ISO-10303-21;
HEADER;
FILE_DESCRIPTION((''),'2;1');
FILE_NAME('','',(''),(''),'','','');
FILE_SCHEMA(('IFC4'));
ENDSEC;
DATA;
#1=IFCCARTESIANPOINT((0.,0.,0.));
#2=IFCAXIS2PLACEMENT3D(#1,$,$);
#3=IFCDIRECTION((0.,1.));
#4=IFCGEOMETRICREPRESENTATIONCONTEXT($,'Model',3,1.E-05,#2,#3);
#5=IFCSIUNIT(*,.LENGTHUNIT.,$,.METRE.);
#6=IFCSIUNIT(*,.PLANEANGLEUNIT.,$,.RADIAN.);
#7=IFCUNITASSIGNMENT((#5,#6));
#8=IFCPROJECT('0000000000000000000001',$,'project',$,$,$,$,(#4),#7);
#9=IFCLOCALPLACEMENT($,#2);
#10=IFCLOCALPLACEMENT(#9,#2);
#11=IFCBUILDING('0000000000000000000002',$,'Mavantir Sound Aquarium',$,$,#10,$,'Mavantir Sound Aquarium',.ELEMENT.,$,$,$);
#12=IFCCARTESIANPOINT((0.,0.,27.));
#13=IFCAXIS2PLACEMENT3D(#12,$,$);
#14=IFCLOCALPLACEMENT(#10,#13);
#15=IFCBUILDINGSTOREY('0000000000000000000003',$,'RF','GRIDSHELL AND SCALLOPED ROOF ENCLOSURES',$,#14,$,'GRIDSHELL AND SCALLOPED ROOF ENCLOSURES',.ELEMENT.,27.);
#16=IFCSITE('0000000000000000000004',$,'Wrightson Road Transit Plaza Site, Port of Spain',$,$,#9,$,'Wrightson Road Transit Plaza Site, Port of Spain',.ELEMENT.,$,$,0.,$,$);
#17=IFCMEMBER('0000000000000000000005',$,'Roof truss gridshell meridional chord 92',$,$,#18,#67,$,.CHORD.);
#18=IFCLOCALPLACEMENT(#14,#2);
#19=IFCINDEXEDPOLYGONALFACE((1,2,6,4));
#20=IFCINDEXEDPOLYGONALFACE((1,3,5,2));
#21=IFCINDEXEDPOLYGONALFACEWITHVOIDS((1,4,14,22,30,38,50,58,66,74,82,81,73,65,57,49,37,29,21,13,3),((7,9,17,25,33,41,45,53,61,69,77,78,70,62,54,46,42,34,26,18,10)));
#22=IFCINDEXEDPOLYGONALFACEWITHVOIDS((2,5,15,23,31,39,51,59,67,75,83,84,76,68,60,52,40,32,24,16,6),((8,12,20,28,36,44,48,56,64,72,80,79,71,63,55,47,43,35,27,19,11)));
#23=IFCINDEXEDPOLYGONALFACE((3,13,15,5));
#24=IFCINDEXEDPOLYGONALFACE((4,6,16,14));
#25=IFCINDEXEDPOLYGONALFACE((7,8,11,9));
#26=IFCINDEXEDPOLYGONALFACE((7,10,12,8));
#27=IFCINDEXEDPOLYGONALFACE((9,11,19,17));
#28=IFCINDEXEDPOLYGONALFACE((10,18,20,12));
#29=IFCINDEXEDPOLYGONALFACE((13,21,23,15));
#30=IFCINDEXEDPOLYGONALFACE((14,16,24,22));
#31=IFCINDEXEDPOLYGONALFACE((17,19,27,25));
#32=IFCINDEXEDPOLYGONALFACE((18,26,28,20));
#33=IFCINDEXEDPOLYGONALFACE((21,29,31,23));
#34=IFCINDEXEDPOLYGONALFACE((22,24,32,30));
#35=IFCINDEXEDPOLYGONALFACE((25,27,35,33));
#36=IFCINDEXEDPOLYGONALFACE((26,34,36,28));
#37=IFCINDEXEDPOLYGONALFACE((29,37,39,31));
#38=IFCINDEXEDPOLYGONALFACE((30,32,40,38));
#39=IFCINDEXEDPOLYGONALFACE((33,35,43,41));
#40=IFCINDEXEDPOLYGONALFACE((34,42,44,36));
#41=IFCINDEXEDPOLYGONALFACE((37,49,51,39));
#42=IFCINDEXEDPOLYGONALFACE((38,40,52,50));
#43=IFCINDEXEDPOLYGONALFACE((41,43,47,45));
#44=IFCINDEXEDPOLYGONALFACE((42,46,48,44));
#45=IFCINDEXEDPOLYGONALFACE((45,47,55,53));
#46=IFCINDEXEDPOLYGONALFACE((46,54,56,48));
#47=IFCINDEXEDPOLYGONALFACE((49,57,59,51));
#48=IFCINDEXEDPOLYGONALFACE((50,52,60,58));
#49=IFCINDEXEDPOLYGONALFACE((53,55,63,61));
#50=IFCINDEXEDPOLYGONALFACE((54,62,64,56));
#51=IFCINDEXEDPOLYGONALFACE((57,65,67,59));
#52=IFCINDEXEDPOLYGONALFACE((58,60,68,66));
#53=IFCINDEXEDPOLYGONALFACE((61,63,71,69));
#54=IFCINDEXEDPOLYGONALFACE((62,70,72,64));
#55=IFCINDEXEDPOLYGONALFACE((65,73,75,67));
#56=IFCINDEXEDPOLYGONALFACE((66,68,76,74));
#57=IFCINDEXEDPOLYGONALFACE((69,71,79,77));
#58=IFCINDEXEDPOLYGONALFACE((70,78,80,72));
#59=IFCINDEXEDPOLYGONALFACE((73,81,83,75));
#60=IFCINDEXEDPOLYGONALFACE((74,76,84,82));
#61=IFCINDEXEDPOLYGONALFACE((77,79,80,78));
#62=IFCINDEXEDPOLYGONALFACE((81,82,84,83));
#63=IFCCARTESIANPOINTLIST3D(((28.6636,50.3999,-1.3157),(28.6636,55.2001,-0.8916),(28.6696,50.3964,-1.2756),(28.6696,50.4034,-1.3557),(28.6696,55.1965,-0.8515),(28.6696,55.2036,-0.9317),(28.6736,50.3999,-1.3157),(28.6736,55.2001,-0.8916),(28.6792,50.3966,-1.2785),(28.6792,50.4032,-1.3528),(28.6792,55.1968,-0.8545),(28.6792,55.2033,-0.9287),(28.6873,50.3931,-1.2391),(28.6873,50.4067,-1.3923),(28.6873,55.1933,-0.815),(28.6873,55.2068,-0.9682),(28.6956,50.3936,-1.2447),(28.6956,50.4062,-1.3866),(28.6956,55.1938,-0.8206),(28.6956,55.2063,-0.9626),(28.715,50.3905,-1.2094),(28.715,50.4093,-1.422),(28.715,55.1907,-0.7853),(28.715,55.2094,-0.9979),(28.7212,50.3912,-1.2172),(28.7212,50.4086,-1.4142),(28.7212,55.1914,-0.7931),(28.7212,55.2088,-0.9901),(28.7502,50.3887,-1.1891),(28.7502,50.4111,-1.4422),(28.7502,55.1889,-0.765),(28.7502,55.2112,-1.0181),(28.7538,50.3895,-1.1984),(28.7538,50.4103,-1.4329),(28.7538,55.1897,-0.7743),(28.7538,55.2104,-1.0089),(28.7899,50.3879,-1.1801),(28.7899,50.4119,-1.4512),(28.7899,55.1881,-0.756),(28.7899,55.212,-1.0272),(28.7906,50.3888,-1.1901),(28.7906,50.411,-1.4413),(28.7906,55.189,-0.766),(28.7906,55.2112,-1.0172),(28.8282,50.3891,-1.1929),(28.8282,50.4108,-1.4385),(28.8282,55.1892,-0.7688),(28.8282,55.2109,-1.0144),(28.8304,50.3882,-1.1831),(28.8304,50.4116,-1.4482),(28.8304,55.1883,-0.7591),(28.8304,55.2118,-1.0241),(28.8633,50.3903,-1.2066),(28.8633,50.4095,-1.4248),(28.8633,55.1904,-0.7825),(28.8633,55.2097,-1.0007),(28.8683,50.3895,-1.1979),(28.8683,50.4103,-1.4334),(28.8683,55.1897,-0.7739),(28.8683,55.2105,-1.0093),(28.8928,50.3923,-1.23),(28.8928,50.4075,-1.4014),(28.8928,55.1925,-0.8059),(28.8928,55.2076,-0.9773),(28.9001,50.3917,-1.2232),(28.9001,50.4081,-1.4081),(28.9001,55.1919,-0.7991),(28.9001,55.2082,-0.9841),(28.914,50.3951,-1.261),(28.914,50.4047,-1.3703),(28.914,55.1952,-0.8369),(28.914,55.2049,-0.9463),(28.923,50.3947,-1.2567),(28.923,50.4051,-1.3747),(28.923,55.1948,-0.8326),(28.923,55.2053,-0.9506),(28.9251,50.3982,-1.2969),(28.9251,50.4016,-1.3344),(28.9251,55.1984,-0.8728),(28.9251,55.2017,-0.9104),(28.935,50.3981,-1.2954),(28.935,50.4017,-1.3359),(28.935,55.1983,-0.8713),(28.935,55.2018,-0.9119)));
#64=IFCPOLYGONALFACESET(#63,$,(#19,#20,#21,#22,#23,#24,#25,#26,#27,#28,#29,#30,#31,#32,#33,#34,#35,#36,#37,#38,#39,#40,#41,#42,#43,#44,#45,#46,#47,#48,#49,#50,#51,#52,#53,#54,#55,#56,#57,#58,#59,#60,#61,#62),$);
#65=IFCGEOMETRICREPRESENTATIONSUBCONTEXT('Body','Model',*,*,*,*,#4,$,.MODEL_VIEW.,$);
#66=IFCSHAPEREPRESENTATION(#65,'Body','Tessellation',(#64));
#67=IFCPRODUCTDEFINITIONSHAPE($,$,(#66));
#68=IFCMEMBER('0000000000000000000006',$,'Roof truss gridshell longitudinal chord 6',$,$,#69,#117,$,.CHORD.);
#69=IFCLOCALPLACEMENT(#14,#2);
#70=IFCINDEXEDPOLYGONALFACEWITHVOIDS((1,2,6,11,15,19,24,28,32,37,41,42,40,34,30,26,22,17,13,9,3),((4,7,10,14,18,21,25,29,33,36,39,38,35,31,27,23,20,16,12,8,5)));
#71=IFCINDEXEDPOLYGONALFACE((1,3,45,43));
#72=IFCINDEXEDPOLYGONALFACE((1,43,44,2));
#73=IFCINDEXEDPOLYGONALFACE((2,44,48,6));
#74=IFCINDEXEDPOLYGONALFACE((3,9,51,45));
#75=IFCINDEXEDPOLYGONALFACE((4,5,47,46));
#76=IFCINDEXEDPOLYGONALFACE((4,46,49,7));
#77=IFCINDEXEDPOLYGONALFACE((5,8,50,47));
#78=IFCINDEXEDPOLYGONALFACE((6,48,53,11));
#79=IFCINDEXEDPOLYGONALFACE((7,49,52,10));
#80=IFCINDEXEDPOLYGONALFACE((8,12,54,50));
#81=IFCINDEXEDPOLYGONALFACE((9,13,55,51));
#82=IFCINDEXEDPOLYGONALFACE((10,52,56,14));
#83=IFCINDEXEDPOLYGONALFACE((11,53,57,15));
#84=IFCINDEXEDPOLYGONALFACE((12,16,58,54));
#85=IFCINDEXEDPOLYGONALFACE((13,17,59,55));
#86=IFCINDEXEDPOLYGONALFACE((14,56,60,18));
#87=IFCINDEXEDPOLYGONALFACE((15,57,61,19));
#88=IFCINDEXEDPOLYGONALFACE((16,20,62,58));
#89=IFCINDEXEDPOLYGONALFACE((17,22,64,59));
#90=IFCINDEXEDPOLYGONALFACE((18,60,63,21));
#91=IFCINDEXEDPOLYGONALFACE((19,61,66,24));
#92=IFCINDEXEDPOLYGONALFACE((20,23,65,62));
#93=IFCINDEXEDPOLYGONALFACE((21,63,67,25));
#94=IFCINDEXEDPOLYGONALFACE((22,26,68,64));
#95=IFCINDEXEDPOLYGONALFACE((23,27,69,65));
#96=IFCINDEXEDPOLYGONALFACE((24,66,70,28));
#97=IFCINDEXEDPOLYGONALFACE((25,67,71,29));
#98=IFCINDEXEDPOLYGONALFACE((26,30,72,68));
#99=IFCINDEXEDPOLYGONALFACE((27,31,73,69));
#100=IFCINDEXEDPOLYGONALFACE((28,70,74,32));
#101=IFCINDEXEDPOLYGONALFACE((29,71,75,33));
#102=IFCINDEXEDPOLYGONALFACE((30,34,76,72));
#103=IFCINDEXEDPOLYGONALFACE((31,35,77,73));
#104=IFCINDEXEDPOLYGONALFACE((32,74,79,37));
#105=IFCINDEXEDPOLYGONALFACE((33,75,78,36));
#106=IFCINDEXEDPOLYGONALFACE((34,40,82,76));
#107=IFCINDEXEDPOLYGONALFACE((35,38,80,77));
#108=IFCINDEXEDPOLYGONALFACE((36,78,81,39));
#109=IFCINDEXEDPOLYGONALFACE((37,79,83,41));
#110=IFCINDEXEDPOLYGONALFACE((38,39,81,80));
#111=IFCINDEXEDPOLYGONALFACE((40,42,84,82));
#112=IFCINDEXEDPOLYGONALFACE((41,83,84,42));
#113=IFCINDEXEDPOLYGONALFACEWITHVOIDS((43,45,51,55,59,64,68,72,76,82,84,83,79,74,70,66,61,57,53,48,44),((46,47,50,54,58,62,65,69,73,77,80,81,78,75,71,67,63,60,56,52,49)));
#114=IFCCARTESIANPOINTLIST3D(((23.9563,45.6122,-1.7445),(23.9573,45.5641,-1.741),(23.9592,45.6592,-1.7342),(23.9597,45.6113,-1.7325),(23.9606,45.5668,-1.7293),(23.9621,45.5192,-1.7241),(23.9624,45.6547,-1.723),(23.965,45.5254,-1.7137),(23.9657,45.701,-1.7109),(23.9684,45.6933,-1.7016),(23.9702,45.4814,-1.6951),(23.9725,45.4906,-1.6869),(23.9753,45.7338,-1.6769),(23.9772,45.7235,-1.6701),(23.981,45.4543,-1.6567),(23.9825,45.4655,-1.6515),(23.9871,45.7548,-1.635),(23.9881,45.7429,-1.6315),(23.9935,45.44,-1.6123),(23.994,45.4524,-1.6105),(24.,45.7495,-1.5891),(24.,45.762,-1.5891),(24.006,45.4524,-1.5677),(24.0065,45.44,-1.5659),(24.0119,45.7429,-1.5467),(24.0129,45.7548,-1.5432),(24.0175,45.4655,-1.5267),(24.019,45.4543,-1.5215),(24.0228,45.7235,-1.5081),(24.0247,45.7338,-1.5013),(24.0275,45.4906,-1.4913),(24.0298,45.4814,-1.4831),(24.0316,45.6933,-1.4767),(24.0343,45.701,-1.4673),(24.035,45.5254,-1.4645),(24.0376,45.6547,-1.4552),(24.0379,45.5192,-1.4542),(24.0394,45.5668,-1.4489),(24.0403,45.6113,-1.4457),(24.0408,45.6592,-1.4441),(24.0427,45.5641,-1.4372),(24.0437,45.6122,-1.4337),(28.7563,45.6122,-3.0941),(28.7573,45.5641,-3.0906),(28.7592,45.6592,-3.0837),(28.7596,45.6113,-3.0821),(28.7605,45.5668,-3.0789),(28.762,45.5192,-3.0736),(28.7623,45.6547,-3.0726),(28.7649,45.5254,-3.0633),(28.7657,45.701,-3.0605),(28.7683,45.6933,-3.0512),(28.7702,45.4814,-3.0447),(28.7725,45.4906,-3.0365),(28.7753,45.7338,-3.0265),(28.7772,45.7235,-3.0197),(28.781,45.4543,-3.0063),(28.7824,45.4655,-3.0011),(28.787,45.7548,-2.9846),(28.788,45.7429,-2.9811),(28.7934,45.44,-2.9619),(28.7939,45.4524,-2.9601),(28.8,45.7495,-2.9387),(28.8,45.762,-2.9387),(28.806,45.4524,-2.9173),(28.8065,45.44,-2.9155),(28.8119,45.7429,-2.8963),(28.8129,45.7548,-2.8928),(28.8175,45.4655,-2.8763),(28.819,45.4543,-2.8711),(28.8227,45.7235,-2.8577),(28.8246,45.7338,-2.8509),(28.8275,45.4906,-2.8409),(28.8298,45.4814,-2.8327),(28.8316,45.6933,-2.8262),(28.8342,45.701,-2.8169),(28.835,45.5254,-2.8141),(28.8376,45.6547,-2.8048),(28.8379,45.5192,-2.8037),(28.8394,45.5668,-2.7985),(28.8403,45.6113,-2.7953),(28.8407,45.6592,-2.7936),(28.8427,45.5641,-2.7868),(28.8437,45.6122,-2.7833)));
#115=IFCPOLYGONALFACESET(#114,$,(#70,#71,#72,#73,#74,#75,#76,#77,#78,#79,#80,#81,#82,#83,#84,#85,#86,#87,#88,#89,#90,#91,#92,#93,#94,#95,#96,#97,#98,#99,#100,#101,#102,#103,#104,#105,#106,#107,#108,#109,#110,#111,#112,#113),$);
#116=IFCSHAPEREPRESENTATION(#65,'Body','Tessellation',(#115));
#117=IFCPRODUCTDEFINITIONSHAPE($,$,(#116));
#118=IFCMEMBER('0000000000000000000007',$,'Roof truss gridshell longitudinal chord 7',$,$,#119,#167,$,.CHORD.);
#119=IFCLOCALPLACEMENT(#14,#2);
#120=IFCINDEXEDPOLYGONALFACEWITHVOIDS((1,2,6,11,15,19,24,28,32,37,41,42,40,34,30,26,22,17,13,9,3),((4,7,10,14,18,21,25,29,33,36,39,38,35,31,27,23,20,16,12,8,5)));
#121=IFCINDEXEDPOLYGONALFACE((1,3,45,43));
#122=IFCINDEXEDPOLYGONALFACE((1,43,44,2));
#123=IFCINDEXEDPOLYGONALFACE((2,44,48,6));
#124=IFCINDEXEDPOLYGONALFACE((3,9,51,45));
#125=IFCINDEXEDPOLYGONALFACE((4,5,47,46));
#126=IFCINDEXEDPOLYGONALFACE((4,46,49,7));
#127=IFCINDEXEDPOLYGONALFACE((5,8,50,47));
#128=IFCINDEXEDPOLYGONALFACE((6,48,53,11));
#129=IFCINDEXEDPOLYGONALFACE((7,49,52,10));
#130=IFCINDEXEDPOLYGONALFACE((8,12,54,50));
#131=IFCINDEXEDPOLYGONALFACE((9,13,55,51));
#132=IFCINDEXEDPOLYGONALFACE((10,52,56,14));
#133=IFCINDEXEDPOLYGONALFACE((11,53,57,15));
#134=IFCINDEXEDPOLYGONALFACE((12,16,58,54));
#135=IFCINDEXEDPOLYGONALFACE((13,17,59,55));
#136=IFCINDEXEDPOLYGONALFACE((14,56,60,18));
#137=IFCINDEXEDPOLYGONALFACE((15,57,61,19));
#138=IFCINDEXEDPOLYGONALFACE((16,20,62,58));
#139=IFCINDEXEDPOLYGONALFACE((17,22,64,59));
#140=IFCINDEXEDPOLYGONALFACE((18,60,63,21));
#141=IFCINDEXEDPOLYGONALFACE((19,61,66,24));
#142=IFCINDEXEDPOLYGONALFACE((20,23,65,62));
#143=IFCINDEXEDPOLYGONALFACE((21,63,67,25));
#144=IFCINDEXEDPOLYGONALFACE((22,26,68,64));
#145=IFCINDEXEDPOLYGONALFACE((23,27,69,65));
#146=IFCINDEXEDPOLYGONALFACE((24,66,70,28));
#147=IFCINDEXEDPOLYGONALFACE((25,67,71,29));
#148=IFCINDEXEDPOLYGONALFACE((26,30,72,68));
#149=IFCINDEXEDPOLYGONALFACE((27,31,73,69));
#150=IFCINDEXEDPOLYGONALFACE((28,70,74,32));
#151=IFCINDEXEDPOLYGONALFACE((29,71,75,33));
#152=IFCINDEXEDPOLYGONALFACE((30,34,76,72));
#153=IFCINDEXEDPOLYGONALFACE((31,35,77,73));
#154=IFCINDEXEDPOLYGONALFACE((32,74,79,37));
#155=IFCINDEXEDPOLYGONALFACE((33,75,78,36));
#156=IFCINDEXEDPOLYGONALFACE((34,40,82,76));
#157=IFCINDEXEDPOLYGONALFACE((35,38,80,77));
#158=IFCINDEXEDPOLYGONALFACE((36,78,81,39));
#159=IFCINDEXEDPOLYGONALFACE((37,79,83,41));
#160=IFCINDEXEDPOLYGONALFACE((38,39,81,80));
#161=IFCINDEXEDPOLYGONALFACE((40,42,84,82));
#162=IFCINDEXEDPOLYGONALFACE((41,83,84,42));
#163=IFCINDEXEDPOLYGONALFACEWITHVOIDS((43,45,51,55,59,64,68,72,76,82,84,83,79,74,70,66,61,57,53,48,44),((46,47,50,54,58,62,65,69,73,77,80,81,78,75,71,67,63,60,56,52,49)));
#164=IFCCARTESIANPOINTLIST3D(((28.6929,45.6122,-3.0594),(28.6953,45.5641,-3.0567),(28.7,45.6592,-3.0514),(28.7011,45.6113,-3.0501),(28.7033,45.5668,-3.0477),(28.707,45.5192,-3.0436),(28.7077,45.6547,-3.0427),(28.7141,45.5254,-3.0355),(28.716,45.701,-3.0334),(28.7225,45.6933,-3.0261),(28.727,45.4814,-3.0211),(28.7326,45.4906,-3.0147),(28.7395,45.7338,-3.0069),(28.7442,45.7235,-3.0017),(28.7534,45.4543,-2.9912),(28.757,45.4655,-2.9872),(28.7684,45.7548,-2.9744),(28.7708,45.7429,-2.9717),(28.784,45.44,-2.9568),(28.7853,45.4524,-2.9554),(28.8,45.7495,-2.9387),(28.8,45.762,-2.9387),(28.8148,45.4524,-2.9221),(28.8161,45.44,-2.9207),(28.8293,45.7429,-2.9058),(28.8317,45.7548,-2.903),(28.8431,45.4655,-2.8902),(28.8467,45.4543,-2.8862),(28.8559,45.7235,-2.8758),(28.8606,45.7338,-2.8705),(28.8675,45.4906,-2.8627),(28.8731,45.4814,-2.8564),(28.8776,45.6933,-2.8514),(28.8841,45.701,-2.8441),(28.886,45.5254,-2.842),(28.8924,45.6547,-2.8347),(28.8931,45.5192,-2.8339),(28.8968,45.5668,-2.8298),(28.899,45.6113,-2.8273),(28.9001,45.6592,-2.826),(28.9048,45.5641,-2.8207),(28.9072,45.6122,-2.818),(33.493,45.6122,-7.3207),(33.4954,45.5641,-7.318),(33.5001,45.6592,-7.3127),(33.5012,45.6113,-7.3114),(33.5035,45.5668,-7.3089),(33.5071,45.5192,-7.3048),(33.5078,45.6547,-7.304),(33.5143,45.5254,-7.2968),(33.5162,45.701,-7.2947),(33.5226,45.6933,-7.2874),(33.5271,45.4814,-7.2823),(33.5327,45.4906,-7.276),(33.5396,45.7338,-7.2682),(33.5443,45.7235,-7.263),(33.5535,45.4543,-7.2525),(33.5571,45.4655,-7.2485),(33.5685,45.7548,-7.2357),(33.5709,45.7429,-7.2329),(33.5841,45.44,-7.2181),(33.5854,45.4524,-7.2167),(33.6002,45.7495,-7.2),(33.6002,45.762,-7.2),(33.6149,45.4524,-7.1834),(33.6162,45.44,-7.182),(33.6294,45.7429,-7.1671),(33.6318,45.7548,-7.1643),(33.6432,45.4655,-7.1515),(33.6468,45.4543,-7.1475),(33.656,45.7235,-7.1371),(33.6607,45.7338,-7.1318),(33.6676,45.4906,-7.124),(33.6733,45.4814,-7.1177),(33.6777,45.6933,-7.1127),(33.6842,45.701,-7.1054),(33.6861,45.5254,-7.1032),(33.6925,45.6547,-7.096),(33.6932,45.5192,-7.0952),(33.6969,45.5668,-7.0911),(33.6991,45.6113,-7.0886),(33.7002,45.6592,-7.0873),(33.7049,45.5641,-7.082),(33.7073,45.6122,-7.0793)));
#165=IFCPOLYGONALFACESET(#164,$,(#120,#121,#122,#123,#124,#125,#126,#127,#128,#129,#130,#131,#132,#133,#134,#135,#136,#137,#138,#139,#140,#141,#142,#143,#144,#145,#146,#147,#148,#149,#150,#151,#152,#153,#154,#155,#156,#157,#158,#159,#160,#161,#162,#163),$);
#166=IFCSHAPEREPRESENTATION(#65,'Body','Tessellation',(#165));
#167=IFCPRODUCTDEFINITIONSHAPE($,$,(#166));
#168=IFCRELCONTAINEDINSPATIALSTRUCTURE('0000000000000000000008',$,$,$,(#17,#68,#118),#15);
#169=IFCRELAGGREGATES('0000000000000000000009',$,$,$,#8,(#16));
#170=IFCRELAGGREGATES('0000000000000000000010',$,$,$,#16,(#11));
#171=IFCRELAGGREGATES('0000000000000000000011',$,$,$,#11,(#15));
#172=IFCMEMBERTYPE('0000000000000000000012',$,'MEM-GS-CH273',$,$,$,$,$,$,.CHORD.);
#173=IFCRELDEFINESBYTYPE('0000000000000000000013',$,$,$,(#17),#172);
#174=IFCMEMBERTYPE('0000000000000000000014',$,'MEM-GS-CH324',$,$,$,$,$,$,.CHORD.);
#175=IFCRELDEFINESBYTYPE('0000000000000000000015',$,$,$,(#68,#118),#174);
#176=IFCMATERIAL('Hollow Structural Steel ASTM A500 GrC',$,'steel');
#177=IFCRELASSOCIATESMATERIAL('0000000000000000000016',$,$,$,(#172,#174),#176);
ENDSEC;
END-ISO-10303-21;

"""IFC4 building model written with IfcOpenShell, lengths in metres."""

from ifc_helpers import new_model, si_unit, direction, frame, origin, origin_2d, place, context, subcontext, project, spatial, hollow_circle, extrude, material, material_profile, profile_set, type_object, element, save


model = new_model("IFC4")

# Units and contexts
model_context = context("Model", 3, precision=1e-05, world=origin(), true_north=direction((0.0, 1.0)))
body_context = subcontext(model_context, "Body", "Model", "MODEL_VIEW")
ifc_project = project(units=[si_unit("LENGTHUNIT", "METRE"), si_unit("PLANEANGLEUNIT", "RADIAN")], contexts=[model_context])

# Site, building, storey
site_placement = place(None, origin())
site = spatial("IfcSite", under=ifc_project, at=site_placement, Name="Wrightson Road Transit Plaza Site, Port of Spain", LongName="Wrightson Road Transit Plaza Site, Port of Spain", CompositionType="ELEMENT", RefElevation=0.0)
building_placement = place(site_placement, origin())
building = spatial("IfcBuilding", under=site, at=building_placement, Name="Mavantir Sound Aquarium", LongName="Mavantir Sound Aquarium", CompositionType="ELEMENT")
storey_placement = place(building_placement, frame((0.0, 0.0, 27.0)))
storey = spatial("IfcBuildingStorey", under=building, at=storey_placement, Name="RF", Description="GRIDSHELL AND SCALLOPED ROOF ENCLOSURES", LongName="GRIDSHELL AND SCALLOPED ROOF ENCLOSURES", CompositionType="ELEMENT", Elevation=27.0)

# Members
ifc_material_1 = material(Name="Hollow Structural Steel ASTM A500 GrC", Category="steel")
ifc_material_profile_1 = material_profile(ifc_material_1, hollow_circle(Radius=0.1365, WallThickness=0.01, at=origin_2d()), Name="CHS 273X10")
ifc_profile_set_1 = profile_set([ifc_material_profile_1], Name="Hollow Structural Steel ASTM A500 GrC")
member_type_1 = type_object("IfcMemberType", Name="MEM-GS-CH273", PredefinedType="CHORD", material=ifc_profile_set_1)
member_1_placement = place(storey_placement, frame((28.8, 50.3999, -1.3157), z_axis=(0.0, 0.99612, 0.088005), x_axis=(-1.0, 0.0, 0.0)))
element("IfcMember", 1, at=member_1_placement, inside=storey, type_object=member_type_1, Name="Roof truss gridshell meridional chord 92", PredefinedType="CHORD", context=body_context, shape_type="SweptSolid", body=[
    extrude(hollow_circle(Radius=0.1365, WallThickness=0.01, at=origin_2d()), origin(), (0.0, 0.0, 1.0), 4.8188),
])
ifc_material_profile_2 = material_profile(ifc_material_1, hollow_circle(Radius=0.1619, WallThickness=0.0125, at=origin_2d()), Name="CHS 323.9X12.5")
ifc_profile_set_2 = profile_set([ifc_material_profile_2], Name="Hollow Structural Steel ASTM A500 GrC")
member_type_2 = type_object("IfcMemberType", Name="MEM-GS-CH324", PredefinedType="CHORD", material=ifc_profile_set_2)
member_2_placement = place(storey_placement, frame((24.0, 45.6001, -1.5891), z_axis=(0.962672, 0.0, -0.27067), x_axis=(0.0, 1.0, 0.0)))
element("IfcMember", 2, at=member_2_placement, inside=storey, type_object=member_type_2, Name="Roof truss gridshell longitudinal chord 6", PredefinedType="CHORD", context=body_context, shape_type="SweptSolid", body=[
    extrude(hollow_circle(Radius=0.1619, WallThickness=0.0125, at=origin_2d()), origin(), (0.0, 0.0, 1.0), 4.9861),
])
member_3_placement = place(storey_placement, frame((28.8, 45.6001, -2.9387), z_axis=(0.747833, 0.0, -0.663887), x_axis=(0.0, 1.0, 0.0)))
element("IfcMember", 3, at=member_3_placement, inside=storey, type_object=member_type_2, Name="Roof truss gridshell longitudinal chord 7", PredefinedType="CHORD", context=body_context, shape_type="SweptSolid", body=[
    extrude(hollow_circle(Radius=0.1619, WallThickness=0.0125, at=origin_2d()), origin(), (0.0, 0.0, 1.0), 6.4187),
])

save(model, "model.ifc")
